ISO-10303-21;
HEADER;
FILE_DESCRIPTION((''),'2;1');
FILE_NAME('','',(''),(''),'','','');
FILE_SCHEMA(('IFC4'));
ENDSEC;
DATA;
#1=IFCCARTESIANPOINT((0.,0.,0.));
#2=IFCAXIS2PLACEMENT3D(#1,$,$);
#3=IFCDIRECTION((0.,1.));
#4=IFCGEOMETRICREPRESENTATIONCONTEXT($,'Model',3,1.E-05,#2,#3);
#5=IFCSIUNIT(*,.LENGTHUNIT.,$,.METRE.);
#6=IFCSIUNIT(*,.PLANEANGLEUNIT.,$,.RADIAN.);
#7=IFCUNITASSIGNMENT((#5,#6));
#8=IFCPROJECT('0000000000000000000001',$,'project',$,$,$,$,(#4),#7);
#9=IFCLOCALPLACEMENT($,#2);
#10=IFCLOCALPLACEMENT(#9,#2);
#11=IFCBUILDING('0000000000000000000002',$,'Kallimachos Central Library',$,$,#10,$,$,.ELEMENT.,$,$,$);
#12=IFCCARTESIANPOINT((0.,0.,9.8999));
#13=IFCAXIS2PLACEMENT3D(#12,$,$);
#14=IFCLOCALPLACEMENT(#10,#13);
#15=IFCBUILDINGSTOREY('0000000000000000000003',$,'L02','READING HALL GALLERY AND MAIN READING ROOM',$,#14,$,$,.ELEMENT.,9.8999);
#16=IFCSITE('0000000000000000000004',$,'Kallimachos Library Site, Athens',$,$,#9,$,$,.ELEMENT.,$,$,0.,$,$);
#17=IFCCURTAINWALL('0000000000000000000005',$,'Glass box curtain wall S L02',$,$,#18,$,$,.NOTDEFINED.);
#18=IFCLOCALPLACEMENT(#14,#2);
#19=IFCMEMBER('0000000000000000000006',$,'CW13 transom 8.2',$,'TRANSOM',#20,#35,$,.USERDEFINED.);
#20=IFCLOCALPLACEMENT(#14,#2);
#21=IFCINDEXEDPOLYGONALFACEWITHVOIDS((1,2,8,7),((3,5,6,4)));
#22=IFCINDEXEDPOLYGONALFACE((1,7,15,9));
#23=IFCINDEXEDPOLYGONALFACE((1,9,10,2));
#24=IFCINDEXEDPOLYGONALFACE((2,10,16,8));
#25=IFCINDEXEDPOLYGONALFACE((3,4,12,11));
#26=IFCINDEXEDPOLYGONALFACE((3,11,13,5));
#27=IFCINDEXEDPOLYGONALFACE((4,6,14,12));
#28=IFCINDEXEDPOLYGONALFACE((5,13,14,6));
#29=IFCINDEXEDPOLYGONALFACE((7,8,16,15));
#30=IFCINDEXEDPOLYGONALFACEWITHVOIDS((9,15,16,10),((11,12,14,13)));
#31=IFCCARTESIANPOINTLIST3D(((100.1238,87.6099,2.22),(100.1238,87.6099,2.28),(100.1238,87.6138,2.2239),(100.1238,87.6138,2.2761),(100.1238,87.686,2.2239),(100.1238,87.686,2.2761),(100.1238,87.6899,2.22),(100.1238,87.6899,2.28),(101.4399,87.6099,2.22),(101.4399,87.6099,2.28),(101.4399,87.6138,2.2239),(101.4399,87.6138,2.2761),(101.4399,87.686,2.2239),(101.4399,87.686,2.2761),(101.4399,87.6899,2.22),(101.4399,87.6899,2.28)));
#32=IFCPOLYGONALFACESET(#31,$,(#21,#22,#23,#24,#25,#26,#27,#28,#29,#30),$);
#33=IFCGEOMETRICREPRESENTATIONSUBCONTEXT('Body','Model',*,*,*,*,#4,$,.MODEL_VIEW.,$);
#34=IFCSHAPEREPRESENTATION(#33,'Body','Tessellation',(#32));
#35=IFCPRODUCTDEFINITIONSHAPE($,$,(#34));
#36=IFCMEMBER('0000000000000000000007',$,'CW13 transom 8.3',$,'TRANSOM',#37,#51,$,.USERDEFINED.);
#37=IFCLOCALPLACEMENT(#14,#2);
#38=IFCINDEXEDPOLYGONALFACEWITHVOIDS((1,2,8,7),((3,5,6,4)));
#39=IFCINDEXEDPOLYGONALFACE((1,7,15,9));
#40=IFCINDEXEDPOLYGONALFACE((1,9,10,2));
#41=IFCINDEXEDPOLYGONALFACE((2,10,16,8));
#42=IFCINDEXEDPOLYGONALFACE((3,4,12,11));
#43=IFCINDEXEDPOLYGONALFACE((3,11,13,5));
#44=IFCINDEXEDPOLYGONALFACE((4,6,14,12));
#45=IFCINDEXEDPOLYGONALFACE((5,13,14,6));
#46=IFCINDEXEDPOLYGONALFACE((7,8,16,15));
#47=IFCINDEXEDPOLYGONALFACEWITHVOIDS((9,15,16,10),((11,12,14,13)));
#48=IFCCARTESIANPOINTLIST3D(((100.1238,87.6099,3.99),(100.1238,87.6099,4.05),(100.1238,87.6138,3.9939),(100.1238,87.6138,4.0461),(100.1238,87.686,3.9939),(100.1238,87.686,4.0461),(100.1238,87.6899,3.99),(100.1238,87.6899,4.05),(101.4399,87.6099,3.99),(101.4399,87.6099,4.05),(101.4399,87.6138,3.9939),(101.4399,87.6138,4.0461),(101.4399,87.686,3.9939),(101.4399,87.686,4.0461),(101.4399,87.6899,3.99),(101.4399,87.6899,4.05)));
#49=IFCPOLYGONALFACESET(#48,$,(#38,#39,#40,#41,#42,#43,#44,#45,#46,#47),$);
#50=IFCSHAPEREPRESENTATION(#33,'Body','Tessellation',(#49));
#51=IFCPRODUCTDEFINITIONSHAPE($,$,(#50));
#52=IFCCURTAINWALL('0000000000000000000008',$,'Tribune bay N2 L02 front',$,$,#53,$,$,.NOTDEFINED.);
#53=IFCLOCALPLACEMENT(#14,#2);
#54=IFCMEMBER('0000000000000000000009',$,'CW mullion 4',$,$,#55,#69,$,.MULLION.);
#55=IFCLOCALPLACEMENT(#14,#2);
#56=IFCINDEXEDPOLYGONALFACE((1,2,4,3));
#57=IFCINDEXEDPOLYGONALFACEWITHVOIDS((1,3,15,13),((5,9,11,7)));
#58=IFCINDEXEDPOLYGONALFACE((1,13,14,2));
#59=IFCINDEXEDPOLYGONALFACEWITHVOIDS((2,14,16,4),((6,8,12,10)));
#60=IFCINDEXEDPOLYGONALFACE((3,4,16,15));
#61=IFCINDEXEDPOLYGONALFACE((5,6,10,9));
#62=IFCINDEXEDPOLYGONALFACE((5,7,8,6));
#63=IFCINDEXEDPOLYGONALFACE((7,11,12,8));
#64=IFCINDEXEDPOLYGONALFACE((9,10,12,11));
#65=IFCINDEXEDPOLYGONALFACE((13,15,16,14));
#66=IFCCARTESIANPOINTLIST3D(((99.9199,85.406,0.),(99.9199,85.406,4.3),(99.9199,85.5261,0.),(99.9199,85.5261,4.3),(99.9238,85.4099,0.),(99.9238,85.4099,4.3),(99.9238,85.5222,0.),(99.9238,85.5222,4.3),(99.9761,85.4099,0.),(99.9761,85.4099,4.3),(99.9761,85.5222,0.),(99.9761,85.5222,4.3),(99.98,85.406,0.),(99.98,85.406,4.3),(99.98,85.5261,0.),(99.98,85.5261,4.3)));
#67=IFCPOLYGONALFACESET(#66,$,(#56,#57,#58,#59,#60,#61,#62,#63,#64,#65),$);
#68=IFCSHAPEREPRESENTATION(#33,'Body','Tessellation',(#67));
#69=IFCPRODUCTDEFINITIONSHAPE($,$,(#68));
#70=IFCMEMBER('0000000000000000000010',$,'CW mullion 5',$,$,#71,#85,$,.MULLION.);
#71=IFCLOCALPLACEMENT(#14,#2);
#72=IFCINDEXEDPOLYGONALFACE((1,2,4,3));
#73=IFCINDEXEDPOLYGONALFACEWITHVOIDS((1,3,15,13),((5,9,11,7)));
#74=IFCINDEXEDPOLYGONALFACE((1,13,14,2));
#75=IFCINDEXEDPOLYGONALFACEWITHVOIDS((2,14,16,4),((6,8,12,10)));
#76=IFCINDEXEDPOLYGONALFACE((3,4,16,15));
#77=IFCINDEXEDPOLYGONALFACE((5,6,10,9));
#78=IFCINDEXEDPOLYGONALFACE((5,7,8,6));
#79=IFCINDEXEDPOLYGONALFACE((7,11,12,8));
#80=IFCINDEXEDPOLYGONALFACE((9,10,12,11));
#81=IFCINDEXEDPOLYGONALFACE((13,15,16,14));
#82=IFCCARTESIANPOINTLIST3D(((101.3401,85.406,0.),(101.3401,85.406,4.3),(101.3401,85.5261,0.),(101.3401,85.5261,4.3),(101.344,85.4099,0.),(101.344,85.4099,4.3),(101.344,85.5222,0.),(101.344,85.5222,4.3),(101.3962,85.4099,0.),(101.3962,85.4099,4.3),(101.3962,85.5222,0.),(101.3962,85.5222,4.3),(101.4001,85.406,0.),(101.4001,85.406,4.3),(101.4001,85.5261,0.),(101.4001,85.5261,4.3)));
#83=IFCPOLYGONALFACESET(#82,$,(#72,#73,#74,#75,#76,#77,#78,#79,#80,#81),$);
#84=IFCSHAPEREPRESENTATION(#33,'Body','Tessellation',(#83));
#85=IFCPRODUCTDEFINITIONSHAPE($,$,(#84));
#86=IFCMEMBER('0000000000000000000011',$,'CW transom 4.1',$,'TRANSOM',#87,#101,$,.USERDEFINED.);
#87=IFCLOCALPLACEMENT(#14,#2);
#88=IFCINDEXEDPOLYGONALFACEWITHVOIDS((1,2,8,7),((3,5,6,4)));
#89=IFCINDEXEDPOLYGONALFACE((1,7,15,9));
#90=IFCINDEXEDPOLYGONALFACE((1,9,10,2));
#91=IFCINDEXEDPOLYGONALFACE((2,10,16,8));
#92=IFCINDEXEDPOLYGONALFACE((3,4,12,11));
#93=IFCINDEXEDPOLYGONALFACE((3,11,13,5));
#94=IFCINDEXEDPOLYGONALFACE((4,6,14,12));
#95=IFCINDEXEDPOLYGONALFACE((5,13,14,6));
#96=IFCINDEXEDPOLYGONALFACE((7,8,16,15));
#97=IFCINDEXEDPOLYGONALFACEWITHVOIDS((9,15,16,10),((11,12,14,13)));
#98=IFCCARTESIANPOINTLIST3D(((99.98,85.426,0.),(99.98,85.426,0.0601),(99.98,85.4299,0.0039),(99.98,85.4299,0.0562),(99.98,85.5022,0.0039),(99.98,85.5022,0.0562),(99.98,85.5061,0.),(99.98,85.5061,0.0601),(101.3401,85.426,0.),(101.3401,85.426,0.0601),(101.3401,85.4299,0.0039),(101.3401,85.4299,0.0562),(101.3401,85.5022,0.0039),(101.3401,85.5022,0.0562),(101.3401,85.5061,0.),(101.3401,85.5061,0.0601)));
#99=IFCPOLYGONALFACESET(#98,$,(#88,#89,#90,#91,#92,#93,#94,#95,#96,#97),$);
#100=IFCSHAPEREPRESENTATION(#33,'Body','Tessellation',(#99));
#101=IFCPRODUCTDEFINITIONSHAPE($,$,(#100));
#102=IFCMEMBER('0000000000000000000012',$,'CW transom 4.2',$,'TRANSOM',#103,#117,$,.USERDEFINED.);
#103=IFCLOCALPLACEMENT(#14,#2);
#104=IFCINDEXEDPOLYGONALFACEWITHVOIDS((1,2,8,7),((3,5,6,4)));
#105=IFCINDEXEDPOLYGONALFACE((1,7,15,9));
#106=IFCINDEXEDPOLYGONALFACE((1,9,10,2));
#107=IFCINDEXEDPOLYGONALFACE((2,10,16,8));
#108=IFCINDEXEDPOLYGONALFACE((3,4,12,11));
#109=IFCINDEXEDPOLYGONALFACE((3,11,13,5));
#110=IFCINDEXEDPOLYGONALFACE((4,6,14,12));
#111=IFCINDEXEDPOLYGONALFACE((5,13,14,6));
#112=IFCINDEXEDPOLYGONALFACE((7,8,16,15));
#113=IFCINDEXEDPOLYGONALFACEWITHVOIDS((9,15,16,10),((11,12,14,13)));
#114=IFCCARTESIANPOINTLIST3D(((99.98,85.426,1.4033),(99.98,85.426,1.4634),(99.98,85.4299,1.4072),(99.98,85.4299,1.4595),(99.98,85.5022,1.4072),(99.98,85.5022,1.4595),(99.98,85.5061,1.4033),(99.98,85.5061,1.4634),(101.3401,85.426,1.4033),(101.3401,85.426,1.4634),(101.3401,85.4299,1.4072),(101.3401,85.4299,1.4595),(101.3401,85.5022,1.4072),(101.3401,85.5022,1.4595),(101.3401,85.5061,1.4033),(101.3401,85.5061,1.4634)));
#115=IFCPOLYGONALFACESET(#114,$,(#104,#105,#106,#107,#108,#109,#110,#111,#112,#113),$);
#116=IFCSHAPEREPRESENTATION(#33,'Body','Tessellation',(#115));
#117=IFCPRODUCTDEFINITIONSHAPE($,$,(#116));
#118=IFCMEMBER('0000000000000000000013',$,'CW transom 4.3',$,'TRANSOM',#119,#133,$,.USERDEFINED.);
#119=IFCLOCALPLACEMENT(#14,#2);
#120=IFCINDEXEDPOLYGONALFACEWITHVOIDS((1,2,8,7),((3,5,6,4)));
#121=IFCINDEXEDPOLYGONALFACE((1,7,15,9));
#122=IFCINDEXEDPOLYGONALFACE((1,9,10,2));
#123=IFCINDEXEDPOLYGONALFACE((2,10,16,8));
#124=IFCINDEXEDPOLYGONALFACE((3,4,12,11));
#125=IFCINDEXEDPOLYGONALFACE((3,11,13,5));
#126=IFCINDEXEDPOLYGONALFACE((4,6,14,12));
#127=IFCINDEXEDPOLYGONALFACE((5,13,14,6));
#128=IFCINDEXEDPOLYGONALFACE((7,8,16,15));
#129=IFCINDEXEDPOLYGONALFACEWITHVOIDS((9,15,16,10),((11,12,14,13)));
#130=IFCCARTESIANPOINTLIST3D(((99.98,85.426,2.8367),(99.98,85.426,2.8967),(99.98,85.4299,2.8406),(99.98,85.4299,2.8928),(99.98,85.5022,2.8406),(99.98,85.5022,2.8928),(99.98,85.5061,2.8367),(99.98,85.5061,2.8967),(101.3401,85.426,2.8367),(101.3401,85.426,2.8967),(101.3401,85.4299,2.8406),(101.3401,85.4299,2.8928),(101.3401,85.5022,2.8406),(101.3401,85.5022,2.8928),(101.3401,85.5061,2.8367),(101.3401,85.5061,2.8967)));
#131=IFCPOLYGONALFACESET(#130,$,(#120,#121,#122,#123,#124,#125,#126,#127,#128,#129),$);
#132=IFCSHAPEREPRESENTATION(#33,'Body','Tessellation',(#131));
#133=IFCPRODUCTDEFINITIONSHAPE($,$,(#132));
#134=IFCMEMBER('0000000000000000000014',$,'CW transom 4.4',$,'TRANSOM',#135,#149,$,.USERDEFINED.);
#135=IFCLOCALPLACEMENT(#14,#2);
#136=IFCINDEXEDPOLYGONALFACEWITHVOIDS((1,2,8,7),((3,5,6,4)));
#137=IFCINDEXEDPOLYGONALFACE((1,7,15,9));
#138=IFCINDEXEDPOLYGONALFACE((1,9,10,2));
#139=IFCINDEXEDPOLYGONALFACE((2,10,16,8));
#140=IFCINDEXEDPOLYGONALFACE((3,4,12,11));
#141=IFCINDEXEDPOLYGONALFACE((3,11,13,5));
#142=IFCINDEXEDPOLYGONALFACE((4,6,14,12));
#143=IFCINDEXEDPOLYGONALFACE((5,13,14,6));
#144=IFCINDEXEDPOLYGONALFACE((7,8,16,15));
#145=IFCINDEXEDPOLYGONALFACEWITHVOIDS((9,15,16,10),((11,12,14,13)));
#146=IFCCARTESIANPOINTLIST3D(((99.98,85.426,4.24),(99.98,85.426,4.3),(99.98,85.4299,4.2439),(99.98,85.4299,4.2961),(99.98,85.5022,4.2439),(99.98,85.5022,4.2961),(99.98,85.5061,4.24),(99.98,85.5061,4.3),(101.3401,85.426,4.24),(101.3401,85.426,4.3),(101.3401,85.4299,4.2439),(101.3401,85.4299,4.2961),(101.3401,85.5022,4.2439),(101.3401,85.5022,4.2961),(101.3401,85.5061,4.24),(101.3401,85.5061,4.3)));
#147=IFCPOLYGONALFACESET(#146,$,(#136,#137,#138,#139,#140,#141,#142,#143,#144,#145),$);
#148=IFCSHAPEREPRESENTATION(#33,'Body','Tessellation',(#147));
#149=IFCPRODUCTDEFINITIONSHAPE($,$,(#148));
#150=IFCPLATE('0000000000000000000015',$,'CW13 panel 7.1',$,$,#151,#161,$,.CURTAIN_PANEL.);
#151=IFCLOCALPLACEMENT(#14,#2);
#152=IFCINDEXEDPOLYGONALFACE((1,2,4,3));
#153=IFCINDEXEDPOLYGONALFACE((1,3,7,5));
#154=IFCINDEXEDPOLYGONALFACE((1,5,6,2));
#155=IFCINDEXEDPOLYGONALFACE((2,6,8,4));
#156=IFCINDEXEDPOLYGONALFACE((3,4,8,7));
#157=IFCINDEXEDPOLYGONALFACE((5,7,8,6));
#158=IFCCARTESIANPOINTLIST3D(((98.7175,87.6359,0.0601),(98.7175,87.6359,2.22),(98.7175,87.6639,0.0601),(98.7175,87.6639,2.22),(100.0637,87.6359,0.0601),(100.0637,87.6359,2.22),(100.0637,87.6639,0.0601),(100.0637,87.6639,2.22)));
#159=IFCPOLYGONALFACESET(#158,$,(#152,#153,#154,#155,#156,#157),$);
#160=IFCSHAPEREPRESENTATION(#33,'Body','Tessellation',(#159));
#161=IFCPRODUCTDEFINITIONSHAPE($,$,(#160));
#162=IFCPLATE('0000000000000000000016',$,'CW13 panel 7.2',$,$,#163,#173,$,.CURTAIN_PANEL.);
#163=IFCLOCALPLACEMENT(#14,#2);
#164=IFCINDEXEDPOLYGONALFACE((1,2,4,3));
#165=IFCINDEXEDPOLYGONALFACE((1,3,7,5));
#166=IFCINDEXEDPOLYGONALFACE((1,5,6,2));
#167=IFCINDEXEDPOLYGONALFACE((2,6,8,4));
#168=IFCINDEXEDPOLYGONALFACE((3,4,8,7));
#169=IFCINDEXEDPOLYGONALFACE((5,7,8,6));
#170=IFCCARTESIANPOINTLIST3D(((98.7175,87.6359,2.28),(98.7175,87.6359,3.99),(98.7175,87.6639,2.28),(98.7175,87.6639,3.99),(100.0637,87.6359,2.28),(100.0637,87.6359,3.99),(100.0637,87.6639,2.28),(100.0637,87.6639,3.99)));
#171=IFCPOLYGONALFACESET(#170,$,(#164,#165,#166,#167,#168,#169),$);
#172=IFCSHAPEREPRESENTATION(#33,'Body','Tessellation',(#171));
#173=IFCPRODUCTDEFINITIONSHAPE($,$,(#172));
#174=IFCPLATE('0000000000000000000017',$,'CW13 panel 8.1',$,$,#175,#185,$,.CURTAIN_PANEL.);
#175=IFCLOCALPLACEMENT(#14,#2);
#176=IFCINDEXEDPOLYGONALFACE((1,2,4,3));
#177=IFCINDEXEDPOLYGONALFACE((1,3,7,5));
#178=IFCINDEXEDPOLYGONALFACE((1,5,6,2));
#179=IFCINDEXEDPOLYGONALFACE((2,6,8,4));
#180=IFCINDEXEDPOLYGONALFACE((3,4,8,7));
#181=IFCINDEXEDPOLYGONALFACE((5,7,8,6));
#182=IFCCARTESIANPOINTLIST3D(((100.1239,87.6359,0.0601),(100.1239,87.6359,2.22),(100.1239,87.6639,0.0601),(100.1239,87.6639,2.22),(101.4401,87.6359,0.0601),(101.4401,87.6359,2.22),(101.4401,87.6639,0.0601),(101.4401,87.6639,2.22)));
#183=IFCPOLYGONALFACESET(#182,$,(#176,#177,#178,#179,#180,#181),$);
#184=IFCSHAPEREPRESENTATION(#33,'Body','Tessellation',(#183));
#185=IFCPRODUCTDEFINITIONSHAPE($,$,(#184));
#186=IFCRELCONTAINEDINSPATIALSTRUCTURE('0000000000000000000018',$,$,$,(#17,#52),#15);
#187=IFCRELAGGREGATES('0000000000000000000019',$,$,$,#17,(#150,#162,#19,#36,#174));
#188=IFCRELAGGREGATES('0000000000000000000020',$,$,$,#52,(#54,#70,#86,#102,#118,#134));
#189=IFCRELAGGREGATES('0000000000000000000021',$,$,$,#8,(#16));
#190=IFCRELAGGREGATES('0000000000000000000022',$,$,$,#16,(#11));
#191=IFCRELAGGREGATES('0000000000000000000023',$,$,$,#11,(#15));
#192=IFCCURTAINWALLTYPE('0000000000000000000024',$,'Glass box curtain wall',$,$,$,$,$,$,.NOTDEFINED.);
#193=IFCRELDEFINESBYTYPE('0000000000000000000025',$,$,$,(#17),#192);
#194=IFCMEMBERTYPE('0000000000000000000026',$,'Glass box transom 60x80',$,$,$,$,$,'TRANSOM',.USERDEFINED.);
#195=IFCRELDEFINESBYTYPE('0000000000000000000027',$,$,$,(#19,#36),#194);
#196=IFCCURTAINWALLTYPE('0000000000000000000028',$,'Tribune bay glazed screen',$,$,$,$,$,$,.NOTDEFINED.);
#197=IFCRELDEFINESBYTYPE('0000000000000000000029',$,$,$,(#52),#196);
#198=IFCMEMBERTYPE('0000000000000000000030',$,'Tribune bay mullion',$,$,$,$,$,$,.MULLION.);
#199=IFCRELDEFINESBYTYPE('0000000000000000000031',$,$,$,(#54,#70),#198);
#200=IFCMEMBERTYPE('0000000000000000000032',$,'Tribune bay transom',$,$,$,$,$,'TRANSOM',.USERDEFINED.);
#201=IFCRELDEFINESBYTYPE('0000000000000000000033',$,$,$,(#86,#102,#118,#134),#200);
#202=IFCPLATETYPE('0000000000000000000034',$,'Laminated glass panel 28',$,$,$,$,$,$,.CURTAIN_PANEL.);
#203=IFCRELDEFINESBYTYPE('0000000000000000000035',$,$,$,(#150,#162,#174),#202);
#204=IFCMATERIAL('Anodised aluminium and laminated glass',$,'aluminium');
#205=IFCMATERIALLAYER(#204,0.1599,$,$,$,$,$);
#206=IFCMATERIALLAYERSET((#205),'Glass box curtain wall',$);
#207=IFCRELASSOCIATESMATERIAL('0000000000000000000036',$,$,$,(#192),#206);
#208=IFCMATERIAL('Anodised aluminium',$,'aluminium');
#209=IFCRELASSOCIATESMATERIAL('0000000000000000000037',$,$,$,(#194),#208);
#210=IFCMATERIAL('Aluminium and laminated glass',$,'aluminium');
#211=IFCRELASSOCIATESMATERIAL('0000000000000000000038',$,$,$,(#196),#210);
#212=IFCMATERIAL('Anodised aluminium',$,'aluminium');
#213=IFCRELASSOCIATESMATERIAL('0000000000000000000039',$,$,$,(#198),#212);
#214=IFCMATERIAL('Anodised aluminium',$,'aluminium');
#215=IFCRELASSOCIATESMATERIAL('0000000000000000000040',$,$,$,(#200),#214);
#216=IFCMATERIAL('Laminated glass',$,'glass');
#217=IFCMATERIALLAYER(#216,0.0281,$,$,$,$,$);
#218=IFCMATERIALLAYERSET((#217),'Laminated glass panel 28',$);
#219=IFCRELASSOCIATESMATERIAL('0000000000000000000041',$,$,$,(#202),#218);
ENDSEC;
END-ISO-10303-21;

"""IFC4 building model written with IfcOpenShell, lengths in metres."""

from ifc_helpers import new_model, si_unit, direction, frame, origin, origin_2d, place, context, subcontext, project, spatial, rectangle, hollow_rectangle, extrude, material, layer, layer_set, material_profile, profile_set, type_object, element, aggregate, save


model = new_model("IFC4")

# Units and contexts
model_context = context("Model", 3, precision=1e-05, world=origin(), true_north=direction((0.0, 1.0)))
body_context = subcontext(model_context, "Body", "Model", "MODEL_VIEW")
ifc_project = project(units=[si_unit("LENGTHUNIT", "METRE"), si_unit("PLANEANGLEUNIT", "RADIAN")], contexts=[model_context])

# Site, building, storey
site_placement = place(None, origin())
site = spatial("IfcSite", under=ifc_project, at=site_placement, Name="Kallimachos Library Site, Athens", CompositionType="ELEMENT", RefElevation=0.0)
building_placement = place(site_placement, origin())
building = spatial("IfcBuilding", under=site, at=building_placement, Name="Kallimachos Central Library", CompositionType="ELEMENT")
storey_placement = place(building_placement, frame((0.0, 0.0, 9.8999)))
storey = spatial("IfcBuildingStorey", under=building, at=storey_placement, Name="L02", Description="READING HALL GALLERY AND MAIN READING ROOM", CompositionType="ELEMENT", Elevation=9.8999)

# Curtain walls, members
ifc_material_1 = material(Name="Anodised aluminium and laminated glass", Category="aluminium")
ifc_layer_1 = layer(ifc_material_1, 0.1599)
ifc_layer_set_1 = layer_set([ifc_layer_1], Name="Glass box curtain wall")
curtain_wall_type_1 = type_object("IfcCurtainWallType", Name="Glass box curtain wall", PredefinedType="NOTDEFINED", material=ifc_layer_set_1)
curtain_wall_1_placement = place(storey_placement, origin())
curtain_wall_1 = element("IfcCurtainWall", 1, at=curtain_wall_1_placement, inside=storey, type_object=curtain_wall_type_1, Name="Glass box curtain wall S L02", PredefinedType="NOTDEFINED")
ifc_material_2 = material(Name="Anodised aluminium", Category="aluminium")
ifc_material_profile_1 = material_profile(ifc_material_2, hollow_rectangle(XDim=0.0601, YDim=0.0801, WallThickness=0.0039, at=origin_2d()), Name="ALU TRANSOM 60x80")
ifc_profile_set_1 = profile_set([ifc_material_profile_1], Name="Anodised aluminium")
member_type_1 = type_object("IfcMemberType", Name="Glass box transom 60x80", ElementType="TRANSOM", PredefinedType="USERDEFINED", material=ifc_profile_set_1)
member_1_placement = place(storey_placement, frame((100.1238, 87.6499, 2.25), z_axis=(1.0, 0.0, 0.0), x_axis=(0.0, 0.0, 1.0)))
member_1 = element("IfcMember", 2, at=member_1_placement, type_object=member_type_1, Name="CW13 transom 8.2", ObjectType="TRANSOM", PredefinedType="USERDEFINED", context=body_context, shape_type="SweptSolid", body=[
    extrude(hollow_rectangle(XDim=0.0601, YDim=0.0801, WallThickness=0.0039, at=origin_2d()), origin(), (0.0, 0.0, 1.0), 1.3162),
])
member_2_placement = place(storey_placement, frame((100.1238, 87.6499, 4.02), z_axis=(1.0, 0.0, 0.0), x_axis=(0.0, 0.0, 1.0)))
member_2 = element("IfcMember", 3, at=member_2_placement, type_object=member_type_1, Name="CW13 transom 8.3", ObjectType="TRANSOM", PredefinedType="USERDEFINED", context=body_context, shape_type="SweptSolid", body=[
    extrude(hollow_rectangle(XDim=0.0601, YDim=0.0801, WallThickness=0.0039, at=origin_2d()), origin(), (0.0, 0.0, 1.0), 1.3162),
])
ifc_material_3 = material(Name="Aluminium and laminated glass", Category="aluminium")
curtain_wall_type_2 = type_object("IfcCurtainWallType", Name="Tribune bay glazed screen", PredefinedType="NOTDEFINED", material=ifc_material_3)
curtain_wall_2_placement = place(storey_placement, origin())
curtain_wall_2 = element("IfcCurtainWall", 4, at=curtain_wall_2_placement, inside=storey, type_object=curtain_wall_type_2, Name="Tribune bay N2 L02 front", PredefinedType="NOTDEFINED")
ifc_material_4 = material(Name="Anodised aluminium", Category="aluminium")
ifc_material_profile_2 = material_profile(ifc_material_4, hollow_rectangle(XDim=0.0601, YDim=0.1201, WallThickness=0.0039, at=origin_2d()), Name="ALU MULLION 60x120")
ifc_profile_set_2 = profile_set([ifc_material_profile_2], Name="Anodised aluminium")
member_type_2 = type_object("IfcMemberType", Name="Tribune bay mullion", PredefinedType="MULLION", material=ifc_profile_set_2)
member_3_placement = place(storey_placement, frame((99.95, 85.4661, 0.0), z_axis=(0.0, 0.0, 1.0), x_axis=(1.0, 0.0, 0.0)))
member_3 = element("IfcMember", 5, at=member_3_placement, type_object=member_type_2, Name="CW mullion 4", PredefinedType="MULLION", context=body_context, shape_type="SweptSolid", body=[
    extrude(hollow_rectangle(XDim=0.0601, YDim=0.1201, WallThickness=0.0039, at=origin_2d()), origin(), (0.0, 0.0, 1.0), 4.3),
])
member_4_placement = place(storey_placement, frame((101.3701, 85.4661, 0.0), z_axis=(0.0, 0.0, 1.0), x_axis=(1.0, 0.0, 0.0)))
member_4 = element("IfcMember", 6, at=member_4_placement, type_object=member_type_2, Name="CW mullion 5", PredefinedType="MULLION", context=body_context, shape_type="SweptSolid", body=[
    extrude(hollow_rectangle(XDim=0.0601, YDim=0.1201, WallThickness=0.0039, at=origin_2d()), origin(), (0.0, 0.0, 1.0), 4.3),
])
ifc_material_5 = material(Name="Anodised aluminium", Category="aluminium")
ifc_material_profile_3 = material_profile(ifc_material_5, hollow_rectangle(XDim=0.0601, YDim=0.0801, WallThickness=0.0039, at=origin_2d()), Name="ALU TRANSOM 60x80")
ifc_profile_set_3 = profile_set([ifc_material_profile_3], Name="Anodised aluminium")
member_type_3 = type_object("IfcMemberType", Name="Tribune bay transom", ElementType="TRANSOM", PredefinedType="USERDEFINED", material=ifc_profile_set_3)
member_5_placement = place(storey_placement, frame((99.98, 85.4661, 0.03), z_axis=(1.0, 0.0, 0.0), x_axis=(0.0, 0.0, 1.0)))
member_5 = element("IfcMember", 7, at=member_5_placement, type_object=member_type_3, Name="CW transom 4.1", ObjectType="TRANSOM", PredefinedType="USERDEFINED", context=body_context, shape_type="SweptSolid", body=[
    extrude(hollow_rectangle(XDim=0.0601, YDim=0.0801, WallThickness=0.0039, at=origin_2d()), origin(), (0.0, 0.0, 1.0), 1.3601),
])
member_6_placement = place(storey_placement, frame((99.98, 85.4661, 1.4333), z_axis=(1.0, 0.0, 0.0), x_axis=(0.0, 0.0, 1.0)))
member_6 = element("IfcMember", 8, at=member_6_placement, type_object=member_type_3, Name="CW transom 4.2", ObjectType="TRANSOM", PredefinedType="USERDEFINED", context=body_context, shape_type="SweptSolid", body=[
    extrude(hollow_rectangle(XDim=0.0601, YDim=0.0801, WallThickness=0.0039, at=origin_2d()), origin(), (0.0, 0.0, 1.0), 1.3601),
])
member_7_placement = place(storey_placement, frame((99.98, 85.4661, 2.8667), z_axis=(1.0, 0.0, 0.0), x_axis=(0.0, 0.0, 1.0)))
member_7 = element("IfcMember", 9, at=member_7_placement, type_object=member_type_3, Name="CW transom 4.3", ObjectType="TRANSOM", PredefinedType="USERDEFINED", context=body_context, shape_type="SweptSolid", body=[
    extrude(hollow_rectangle(XDim=0.0601, YDim=0.0801, WallThickness=0.0039, at=origin_2d()), origin(), (0.0, 0.0, 1.0), 1.3601),
])
member_8_placement = place(storey_placement, frame((99.98, 85.4661, 4.27), z_axis=(1.0, 0.0, 0.0), x_axis=(0.0, 0.0, 1.0)))
member_8 = element("IfcMember", 10, at=member_8_placement, type_object=member_type_3, Name="CW transom 4.4", ObjectType="TRANSOM", PredefinedType="USERDEFINED", context=body_context, shape_type="SweptSolid", body=[
    extrude(hollow_rectangle(XDim=0.0601, YDim=0.0801, WallThickness=0.0039, at=origin_2d()), origin(), (0.0, 0.0, 1.0), 1.3601),
])

# Plates
ifc_material_6 = material(Name="Laminated glass", Category="glass")
ifc_layer_2 = layer(ifc_material_6, 0.0281)
ifc_layer_set_2 = layer_set([ifc_layer_2], Name="Laminated glass panel 28")
plate_type_1 = type_object("IfcPlateType", Name="Laminated glass panel 28", PredefinedType="CURTAIN_PANEL", material=ifc_layer_set_2)
plate_1_placement = place(storey_placement, frame((99.3906, 87.6499, 0.0601), z_axis=(0.0, 0.0, 1.0), x_axis=(1.0, 0.0, 0.0)))
plate_1 = element("IfcPlate", 11, at=plate_1_placement, type_object=plate_type_1, Name="CW13 panel 7.1", PredefinedType="CURTAIN_PANEL", context=body_context, shape_type="SweptSolid", body=[
    extrude(rectangle(XDim=1.3462, YDim=0.0281, at=origin_2d()), origin(), (0.0, 0.0, 1.0), 2.1599),
])
plate_2_placement = place(storey_placement, frame((99.3906, 87.6499, 2.28), z_axis=(0.0, 0.0, 1.0), x_axis=(1.0, 0.0, 0.0)))
plate_2 = element("IfcPlate", 12, at=plate_2_placement, type_object=plate_type_1, Name="CW13 panel 7.2", PredefinedType="CURTAIN_PANEL", context=body_context, shape_type="SweptSolid", body=[
    extrude(rectangle(XDim=1.3462, YDim=0.0281, at=origin_2d()), origin(), (0.0, 0.0, 1.0), 1.71),
])
plate_3_placement = place(storey_placement, frame((100.782, 87.6499, 0.0601), z_axis=(0.0, 0.0, 1.0), x_axis=(1.0, 0.0, 0.0)))
plate_3 = element("IfcPlate", 13, at=plate_3_placement, type_object=plate_type_1, Name="CW13 panel 8.1", PredefinedType="CURTAIN_PANEL", context=body_context, shape_type="SweptSolid", body=[
    extrude(rectangle(XDim=1.3162, YDim=0.0281, at=origin_2d()), origin(), (0.0, 0.0, 1.0), 2.1599),
])
aggregate(curtain_wall_1, [plate_1, plate_2, member_1, member_2, plate_3])
aggregate(curtain_wall_2, [member_3, member_4, member_5, member_6, member_7, member_8])

save(model, "model.ifc")
